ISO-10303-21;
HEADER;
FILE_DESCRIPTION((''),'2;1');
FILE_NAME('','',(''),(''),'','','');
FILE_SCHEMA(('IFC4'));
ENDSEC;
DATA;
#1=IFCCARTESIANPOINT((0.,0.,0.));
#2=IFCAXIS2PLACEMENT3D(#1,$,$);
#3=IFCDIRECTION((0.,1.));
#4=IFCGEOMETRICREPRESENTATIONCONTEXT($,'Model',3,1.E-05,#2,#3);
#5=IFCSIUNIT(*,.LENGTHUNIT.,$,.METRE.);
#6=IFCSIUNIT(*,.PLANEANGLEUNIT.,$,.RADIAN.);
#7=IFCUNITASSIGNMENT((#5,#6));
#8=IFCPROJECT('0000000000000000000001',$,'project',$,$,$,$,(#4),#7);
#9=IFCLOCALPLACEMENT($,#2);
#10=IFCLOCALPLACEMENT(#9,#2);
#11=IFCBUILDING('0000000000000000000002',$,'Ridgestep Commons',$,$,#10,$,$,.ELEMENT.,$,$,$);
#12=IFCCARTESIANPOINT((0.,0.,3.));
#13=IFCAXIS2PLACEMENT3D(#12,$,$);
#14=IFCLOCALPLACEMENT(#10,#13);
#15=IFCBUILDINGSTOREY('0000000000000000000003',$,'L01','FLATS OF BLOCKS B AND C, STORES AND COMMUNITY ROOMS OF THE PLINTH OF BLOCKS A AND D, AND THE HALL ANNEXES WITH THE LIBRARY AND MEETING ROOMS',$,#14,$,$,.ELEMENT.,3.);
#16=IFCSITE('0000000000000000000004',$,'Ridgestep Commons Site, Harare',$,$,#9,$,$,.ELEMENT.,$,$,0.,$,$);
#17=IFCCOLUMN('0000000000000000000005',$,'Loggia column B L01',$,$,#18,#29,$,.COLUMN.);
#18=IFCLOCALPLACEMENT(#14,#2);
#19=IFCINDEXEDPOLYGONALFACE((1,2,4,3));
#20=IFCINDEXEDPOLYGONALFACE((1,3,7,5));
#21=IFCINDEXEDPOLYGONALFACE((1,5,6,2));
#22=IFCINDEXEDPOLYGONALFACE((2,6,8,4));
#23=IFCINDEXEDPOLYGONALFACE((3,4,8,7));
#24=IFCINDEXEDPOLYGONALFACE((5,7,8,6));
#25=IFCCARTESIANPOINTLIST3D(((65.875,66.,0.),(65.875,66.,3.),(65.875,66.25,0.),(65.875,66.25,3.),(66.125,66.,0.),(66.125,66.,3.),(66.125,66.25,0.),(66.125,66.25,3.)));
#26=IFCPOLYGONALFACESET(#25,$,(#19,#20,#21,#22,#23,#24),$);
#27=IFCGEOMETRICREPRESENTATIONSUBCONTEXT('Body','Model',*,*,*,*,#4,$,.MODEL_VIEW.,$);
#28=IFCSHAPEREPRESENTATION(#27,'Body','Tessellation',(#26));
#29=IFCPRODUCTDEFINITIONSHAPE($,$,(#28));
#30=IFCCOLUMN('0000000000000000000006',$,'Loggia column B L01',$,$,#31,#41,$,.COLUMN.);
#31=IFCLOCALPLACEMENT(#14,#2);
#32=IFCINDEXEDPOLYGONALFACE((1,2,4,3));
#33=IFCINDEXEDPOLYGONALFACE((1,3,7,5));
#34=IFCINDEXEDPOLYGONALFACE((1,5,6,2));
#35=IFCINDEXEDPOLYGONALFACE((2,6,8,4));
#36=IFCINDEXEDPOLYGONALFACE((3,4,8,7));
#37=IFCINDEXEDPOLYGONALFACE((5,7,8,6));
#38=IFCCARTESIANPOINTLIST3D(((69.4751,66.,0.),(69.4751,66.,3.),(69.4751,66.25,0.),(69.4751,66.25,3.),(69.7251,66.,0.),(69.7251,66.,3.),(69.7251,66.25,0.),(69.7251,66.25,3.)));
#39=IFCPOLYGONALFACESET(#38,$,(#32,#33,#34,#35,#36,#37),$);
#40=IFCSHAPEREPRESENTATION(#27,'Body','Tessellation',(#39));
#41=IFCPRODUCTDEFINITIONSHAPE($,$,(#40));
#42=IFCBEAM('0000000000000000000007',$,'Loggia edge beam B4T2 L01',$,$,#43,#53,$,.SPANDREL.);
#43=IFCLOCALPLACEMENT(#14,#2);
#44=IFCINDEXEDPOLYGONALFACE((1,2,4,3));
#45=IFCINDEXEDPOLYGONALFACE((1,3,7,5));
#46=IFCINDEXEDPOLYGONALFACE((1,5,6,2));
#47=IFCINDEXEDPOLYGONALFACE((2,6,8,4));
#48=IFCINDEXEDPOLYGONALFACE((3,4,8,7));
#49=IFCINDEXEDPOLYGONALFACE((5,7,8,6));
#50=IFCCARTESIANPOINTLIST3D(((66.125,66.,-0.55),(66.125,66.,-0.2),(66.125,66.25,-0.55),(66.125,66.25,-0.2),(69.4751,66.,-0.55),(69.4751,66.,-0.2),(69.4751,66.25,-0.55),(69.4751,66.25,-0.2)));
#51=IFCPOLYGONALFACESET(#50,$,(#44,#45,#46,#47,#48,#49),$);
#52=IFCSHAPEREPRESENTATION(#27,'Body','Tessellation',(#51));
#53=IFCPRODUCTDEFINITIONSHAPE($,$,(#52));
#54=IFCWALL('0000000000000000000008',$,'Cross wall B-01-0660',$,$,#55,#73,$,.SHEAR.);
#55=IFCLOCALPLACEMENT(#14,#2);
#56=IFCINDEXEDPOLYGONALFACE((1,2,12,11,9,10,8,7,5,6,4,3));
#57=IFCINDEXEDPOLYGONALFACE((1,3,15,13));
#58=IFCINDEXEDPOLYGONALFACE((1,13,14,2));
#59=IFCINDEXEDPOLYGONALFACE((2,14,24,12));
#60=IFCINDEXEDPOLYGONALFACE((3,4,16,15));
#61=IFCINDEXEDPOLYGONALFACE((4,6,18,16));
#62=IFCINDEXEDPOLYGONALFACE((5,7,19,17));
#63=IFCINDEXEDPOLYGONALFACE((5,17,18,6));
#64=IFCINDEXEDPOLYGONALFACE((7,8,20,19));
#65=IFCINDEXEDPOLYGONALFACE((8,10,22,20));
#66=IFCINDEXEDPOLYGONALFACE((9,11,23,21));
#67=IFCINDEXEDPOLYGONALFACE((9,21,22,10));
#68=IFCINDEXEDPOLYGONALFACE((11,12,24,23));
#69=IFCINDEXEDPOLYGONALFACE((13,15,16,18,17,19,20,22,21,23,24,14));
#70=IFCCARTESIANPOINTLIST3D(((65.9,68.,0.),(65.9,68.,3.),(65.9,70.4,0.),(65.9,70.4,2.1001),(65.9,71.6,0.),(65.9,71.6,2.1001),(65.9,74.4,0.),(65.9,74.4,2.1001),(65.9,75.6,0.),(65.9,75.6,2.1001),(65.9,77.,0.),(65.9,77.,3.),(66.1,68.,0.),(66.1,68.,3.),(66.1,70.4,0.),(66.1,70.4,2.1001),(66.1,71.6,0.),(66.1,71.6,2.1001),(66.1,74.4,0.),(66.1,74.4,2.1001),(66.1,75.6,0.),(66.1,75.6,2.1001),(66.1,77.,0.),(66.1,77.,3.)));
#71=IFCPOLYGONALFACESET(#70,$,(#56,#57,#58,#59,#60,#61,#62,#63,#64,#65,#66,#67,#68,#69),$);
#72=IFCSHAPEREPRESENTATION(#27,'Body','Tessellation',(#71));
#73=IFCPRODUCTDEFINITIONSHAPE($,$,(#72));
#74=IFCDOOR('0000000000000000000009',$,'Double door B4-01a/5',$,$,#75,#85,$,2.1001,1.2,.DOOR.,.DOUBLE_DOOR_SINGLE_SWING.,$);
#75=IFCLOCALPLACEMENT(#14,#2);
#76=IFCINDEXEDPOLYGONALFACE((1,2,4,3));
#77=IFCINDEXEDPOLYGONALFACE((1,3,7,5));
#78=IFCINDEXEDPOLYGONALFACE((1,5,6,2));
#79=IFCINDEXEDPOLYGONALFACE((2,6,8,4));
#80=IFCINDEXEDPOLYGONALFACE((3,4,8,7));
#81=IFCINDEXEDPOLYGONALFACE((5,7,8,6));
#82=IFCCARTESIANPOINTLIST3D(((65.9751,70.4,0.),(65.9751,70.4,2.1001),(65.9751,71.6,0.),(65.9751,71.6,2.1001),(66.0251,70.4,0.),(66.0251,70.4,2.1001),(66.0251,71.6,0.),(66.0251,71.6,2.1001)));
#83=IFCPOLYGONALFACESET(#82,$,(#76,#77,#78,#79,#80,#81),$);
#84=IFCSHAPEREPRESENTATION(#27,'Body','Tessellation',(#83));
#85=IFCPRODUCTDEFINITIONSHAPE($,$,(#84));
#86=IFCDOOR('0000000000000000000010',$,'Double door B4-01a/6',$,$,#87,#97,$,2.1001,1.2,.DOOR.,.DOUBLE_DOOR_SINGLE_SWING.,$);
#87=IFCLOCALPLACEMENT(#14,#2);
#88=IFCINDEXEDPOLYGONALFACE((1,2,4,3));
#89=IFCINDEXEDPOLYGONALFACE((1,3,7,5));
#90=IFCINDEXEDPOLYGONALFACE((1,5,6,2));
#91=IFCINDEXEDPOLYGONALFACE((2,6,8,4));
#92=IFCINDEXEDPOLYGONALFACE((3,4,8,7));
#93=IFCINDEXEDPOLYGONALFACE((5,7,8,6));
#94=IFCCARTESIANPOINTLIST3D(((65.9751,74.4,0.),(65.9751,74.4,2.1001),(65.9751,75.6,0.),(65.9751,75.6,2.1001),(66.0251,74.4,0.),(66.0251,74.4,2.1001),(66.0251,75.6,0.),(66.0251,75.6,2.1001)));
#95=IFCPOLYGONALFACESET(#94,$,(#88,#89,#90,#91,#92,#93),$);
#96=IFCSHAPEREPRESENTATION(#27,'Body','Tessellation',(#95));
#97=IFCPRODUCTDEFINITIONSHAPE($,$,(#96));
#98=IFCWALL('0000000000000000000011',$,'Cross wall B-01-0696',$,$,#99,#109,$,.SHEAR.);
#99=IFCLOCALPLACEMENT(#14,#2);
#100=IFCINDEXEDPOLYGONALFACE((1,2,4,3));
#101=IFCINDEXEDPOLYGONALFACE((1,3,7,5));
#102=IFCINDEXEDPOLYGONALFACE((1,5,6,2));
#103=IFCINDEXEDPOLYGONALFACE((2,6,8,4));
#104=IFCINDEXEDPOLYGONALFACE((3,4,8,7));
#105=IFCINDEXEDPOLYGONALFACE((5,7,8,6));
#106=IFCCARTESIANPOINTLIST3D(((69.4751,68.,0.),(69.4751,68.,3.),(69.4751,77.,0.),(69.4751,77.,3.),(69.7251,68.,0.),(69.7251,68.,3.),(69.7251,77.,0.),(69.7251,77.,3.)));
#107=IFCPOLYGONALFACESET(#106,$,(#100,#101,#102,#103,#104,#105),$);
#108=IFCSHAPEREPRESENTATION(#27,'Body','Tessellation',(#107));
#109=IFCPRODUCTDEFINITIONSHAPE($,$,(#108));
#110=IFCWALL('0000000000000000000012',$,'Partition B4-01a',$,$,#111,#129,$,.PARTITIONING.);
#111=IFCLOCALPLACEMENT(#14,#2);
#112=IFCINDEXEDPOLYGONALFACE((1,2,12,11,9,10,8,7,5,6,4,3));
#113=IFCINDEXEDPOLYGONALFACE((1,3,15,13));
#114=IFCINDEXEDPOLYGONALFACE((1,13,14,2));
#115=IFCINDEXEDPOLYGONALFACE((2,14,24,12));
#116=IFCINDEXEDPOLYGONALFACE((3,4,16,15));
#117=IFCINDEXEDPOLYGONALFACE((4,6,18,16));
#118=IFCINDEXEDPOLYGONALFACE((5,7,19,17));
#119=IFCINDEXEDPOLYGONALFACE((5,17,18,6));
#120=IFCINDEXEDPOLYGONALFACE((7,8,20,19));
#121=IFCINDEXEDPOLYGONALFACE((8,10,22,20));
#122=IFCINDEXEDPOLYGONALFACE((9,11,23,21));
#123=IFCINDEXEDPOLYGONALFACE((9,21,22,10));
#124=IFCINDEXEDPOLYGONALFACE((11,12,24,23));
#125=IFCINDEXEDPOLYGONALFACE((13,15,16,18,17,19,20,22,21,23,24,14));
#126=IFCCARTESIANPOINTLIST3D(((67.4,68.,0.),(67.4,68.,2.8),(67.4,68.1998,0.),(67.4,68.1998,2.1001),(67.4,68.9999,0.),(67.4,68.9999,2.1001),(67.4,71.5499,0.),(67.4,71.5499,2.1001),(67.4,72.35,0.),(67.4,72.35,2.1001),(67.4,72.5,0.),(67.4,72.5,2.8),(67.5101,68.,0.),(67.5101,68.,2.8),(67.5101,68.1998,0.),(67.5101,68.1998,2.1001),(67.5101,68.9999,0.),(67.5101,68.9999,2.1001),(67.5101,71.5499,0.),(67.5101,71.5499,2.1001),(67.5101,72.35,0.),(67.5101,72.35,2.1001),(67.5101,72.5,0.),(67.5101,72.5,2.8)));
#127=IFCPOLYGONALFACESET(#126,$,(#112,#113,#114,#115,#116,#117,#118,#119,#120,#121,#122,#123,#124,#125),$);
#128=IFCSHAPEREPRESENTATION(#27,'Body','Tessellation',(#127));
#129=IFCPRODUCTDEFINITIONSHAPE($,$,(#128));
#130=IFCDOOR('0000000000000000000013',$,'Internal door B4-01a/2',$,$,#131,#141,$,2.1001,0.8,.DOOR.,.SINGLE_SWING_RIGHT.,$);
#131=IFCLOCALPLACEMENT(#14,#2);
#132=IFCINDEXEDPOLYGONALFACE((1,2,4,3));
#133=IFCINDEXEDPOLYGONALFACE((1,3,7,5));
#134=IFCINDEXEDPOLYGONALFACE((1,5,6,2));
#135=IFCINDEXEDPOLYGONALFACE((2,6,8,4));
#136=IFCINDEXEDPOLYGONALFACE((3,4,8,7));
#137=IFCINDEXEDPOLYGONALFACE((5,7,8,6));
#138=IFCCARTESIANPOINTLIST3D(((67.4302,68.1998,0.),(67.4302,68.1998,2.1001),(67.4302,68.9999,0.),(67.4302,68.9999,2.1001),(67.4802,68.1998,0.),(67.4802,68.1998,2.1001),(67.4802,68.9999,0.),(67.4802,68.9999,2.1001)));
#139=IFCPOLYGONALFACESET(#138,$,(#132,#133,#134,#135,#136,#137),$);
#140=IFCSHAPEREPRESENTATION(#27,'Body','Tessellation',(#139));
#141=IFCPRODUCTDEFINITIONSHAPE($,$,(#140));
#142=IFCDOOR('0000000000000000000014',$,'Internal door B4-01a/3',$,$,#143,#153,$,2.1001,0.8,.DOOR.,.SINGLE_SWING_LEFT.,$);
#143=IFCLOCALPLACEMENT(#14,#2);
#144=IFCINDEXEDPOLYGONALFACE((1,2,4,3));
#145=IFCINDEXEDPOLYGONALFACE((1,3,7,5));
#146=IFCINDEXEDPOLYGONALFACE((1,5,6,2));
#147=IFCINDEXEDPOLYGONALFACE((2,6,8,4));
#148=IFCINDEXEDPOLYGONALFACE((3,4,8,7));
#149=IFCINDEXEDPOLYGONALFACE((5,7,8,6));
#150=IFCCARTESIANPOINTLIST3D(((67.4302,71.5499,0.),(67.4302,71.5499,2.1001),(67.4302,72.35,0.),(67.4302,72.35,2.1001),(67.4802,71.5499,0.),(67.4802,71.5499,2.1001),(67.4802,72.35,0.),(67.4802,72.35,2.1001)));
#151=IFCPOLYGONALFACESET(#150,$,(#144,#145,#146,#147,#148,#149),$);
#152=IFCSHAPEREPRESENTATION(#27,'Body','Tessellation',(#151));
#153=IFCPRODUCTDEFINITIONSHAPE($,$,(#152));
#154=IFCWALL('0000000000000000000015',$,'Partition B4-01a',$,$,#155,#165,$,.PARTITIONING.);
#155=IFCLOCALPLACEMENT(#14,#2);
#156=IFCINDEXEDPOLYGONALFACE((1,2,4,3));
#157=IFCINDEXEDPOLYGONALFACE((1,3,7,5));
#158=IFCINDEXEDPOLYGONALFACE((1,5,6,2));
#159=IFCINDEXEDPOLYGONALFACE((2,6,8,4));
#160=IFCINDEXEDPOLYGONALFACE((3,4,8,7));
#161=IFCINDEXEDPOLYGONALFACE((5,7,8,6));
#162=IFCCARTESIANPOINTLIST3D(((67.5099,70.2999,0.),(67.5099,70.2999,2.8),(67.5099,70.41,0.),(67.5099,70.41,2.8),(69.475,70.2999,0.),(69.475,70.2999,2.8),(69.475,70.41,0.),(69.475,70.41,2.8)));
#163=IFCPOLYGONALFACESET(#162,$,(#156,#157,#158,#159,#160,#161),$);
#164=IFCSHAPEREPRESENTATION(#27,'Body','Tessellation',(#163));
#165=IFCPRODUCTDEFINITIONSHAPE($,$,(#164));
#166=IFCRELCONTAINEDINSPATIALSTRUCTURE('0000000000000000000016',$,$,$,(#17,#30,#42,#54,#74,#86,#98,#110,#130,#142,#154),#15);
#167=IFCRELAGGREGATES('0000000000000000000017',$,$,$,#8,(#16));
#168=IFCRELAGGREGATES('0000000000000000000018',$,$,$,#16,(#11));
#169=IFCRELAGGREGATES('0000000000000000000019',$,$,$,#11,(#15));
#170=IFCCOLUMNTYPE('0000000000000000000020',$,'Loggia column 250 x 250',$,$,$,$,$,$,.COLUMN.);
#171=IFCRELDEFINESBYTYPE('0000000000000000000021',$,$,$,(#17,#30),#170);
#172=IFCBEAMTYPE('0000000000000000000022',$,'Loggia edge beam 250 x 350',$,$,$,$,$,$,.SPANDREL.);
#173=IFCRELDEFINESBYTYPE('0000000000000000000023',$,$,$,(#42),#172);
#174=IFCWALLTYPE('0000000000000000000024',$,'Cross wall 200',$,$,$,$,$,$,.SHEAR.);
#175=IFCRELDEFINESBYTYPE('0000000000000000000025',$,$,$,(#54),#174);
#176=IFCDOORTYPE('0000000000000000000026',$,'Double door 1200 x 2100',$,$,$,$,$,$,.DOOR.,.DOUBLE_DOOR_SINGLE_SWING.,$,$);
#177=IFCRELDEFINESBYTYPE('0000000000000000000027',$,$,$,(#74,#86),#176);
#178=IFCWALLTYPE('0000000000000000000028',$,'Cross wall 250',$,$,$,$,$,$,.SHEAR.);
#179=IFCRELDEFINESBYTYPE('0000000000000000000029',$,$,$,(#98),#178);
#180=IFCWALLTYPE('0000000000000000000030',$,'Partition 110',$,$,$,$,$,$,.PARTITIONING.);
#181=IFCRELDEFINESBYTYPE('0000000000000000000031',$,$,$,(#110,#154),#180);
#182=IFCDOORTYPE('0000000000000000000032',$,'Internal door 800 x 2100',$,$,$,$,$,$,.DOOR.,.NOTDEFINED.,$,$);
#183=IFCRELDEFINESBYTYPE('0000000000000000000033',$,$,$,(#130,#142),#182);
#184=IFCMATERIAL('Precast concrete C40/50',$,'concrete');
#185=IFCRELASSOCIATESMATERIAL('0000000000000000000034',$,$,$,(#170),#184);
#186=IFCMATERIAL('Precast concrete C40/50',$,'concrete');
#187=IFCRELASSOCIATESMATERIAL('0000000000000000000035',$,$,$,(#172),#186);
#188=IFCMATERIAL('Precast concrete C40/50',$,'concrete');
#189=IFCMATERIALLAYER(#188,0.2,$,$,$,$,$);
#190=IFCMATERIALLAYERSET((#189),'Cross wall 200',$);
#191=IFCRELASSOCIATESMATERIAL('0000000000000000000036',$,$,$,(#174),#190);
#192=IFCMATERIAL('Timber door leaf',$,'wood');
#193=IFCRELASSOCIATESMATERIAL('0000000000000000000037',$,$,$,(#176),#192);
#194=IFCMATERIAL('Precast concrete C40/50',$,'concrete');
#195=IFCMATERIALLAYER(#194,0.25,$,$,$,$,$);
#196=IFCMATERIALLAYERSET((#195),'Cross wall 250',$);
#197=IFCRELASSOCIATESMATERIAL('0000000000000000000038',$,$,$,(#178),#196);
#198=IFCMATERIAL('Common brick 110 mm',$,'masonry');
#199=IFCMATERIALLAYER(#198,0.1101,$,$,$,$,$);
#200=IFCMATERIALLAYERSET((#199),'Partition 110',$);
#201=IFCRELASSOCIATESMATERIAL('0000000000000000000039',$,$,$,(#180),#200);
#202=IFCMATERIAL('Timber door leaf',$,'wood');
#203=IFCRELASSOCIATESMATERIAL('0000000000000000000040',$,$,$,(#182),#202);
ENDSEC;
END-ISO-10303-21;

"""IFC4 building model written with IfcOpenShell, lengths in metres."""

from ifc_helpers import new_model, si_unit, direction, frame, frame_2d, origin, origin_2d, place, context, subcontext, project, spatial, rectangle, extrude, material, layer, layer_set, material_profile, profile_set, type_object, element, fill, save


model = new_model("IFC4")

# Units and contexts
model_context = context("Model", 3, precision=1e-05, world=origin(), true_north=direction((0.0, 1.0)))
body_context = subcontext(model_context, "Body", "Model", "MODEL_VIEW")
ifc_project = project(units=[si_unit("LENGTHUNIT", "METRE"), si_unit("PLANEANGLEUNIT", "RADIAN")], contexts=[model_context])

# Site, building, storey
site_placement = place(None, origin())
site = spatial("IfcSite", under=ifc_project, at=site_placement, Name="Ridgestep Commons Site, Harare", CompositionType="ELEMENT", RefElevation=0.0)
building_placement = place(site_placement, origin())
building = spatial("IfcBuilding", under=site, at=building_placement, Name="Ridgestep Commons", CompositionType="ELEMENT")
storey_placement = place(building_placement, frame((0.0, 0.0, 3.0)))
storey = spatial("IfcBuildingStorey", under=building, at=storey_placement, Name="L01", Description="FLATS OF BLOCKS B AND C, STORES AND COMMUNITY ROOMS OF THE PLINTH OF BLOCKS A AND D, AND THE HALL ANNEXES WITH THE LIBRARY AND MEETING ROOMS", CompositionType="ELEMENT", Elevation=3.0)

# Columns
ifc_material_1 = material(Name="Precast concrete C40/50", Category="concrete")
ifc_material_profile_1 = material_profile(ifc_material_1, rectangle(XDim=0.25, YDim=0.25, at=origin_2d()), Name="PC 250x250")
ifc_profile_set_1 = profile_set([ifc_material_profile_1], Name="Precast concrete C40/50")
column_type = type_object("IfcColumnType", Name="Loggia column 250 x 250", PredefinedType="COLUMN", material=ifc_profile_set_1)
for number, where, z_axis, x_axis, name in (
    (1, (66.0, 66.125, 0.0), (0.0, 0.0, 1.0), (1.0, 0.0, 0.0), "Loggia column B L01"),
    (2, (69.6001, 66.125, 0.0), (0.0, 0.0, 1.0), (1.0, 0.0, 0.0), "Loggia column B L01"),
):
    element("IfcColumn", number, at=place(storey_placement, frame(where, z_axis=z_axis, x_axis=x_axis)), inside=storey, type_object=column_type, Name=name, PredefinedType="COLUMN", context=body_context, shape_type="SweptSolid", body=[
        extrude(rectangle(XDim=0.25, YDim=0.25, at=origin_2d()), origin(), (0.0, 0.0, 1.0), 3.0),
    ])

# Beam
ifc_material_2 = material(Name="Precast concrete C40/50", Category="concrete")
ifc_material_profile_2 = material_profile(ifc_material_2, rectangle(XDim=0.25, YDim=0.3501, at=origin_2d()), Name="PC 250x350")
ifc_profile_set_2 = profile_set([ifc_material_profile_2], Name="Precast concrete C40/50")
beam_type = type_object("IfcBeamType", Name="Loggia edge beam 250 x 350", PredefinedType="SPANDREL", material=ifc_profile_set_2)
beam_placement = place(storey_placement, frame((66.125, 66.125, -0.375), z_axis=(1.0, 0.0, 0.0), x_axis=(0.0, 1.0, 0.0)))
element("IfcBeam", 3, at=beam_placement, inside=storey, type_object=beam_type, Name="Loggia edge beam B4T2 L01", PredefinedType="SPANDREL", context=body_context, shape_type="SweptSolid", body=[
    extrude(rectangle(XDim=0.25, YDim=0.3501, at=origin_2d()), origin(), (0.0, 0.0, 1.0), 3.3501),
])

# Wall, openings, doors
ifc_material_3 = material(Name="Precast concrete C40/50", Category="concrete")
ifc_layer_1 = layer(ifc_material_3, 0.2)
ifc_layer_set_1 = layer_set([ifc_layer_1], Name="Cross wall 200")
wall_type_1 = type_object("IfcWallType", Name="Cross wall 200", PredefinedType="SHEAR", material=ifc_layer_set_1)
wall_1_placement = place(storey_placement, frame((66.0, 68.0, 0.0), z_axis=(0.0, 0.0, 1.0), x_axis=(0.0, 1.0, 0.0)))
wall_1 = element("IfcWall", 4, at=wall_1_placement, inside=storey, type_object=wall_type_1, Name="Cross wall B-01-0660", PredefinedType="SHEAR", context=body_context, shape_type="SweptSolid", body=[
    extrude(rectangle(XDim=9.0, YDim=0.2, at=frame_2d((4.5, 0.0))), origin(), (0.0, 0.0, 1.0), 3.0),
])
opening_1_placement = place(wall_1_placement, frame((2.3999, 0.0, 0.0)))
opening_1 = element("IfcOpeningElement", 5, at=opening_1_placement, cuts=wall_1, PredefinedType="OPENING", context=body_context, shape_type="SweptSolid", body=[
    extrude(rectangle(XDim=1.2, YDim=2.1001, at=frame_2d((0.6001, 1.05))), frame((0.0, 0.1099, 0.0), z_axis=(0.0, -1.0, 0.0), x_axis=(1.0, 0.0, 0.0)), (0.0, 0.0, 1.0), 0.22),
])
opening_2_placement = place(wall_1_placement, frame((6.3999, 0.0, 0.0)))
opening_2 = element("IfcOpeningElement", 6, at=opening_2_placement, cuts=wall_1, PredefinedType="OPENING", context=body_context, shape_type="SweptSolid", body=[
    extrude(rectangle(XDim=1.2, YDim=2.1001, at=frame_2d((0.6001, 1.05))), frame((0.0, 0.1099, 0.0), z_axis=(0.0, -1.0, 0.0), x_axis=(1.0, 0.0, 0.0)), (0.0, 0.0, 1.0), 0.22),
])
ifc_material_4 = material(Name="Timber door leaf", Category="wood")
door_type_1 = type_object("IfcDoorType", Name="Double door 1200 x 2100", OperationType="DOUBLE_DOOR_SINGLE_SWING", PredefinedType="DOOR", material=ifc_material_4)
door_1_placement = place(opening_1_placement, origin())
door_1 = element("IfcDoor", 7, at=door_1_placement, inside=storey, type_object=door_type_1, Name="Double door B4-01a/5", OperationType="DOUBLE_DOOR_SINGLE_SWING", OverallHeight=2.1001, OverallWidth=1.2, PredefinedType="DOOR", context=body_context, shape_type="SweptSolid", body=[
    extrude(rectangle(XDim=1.2, YDim=2.1001, at=frame_2d((0.6001, 1.05))), frame((0.0, 0.0249, 0.0), z_axis=(0.0, -1.0, 0.0), x_axis=(1.0, 0.0, 0.0)), (0.0, 0.0, 1.0), 0.05),
])
fill(opening_1, door_1)
door_2_placement = place(opening_2_placement, origin())
door_2 = element("IfcDoor", 8, at=door_2_placement, inside=storey, type_object=door_type_1, Name="Double door B4-01a/6", OperationType="DOUBLE_DOOR_SINGLE_SWING", OverallHeight=2.1001, OverallWidth=1.2, PredefinedType="DOOR", context=body_context, shape_type="SweptSolid", body=[
    extrude(rectangle(XDim=1.2, YDim=2.1001, at=frame_2d((0.6001, 1.05))), frame((0.0, 0.0249, 0.0), z_axis=(0.0, -1.0, 0.0), x_axis=(1.0, 0.0, 0.0)), (0.0, 0.0, 1.0), 0.05),
])
fill(opening_2, door_2)

# Wall
ifc_material_5 = material(Name="Precast concrete C40/50", Category="concrete")
ifc_layer_2 = layer(ifc_material_5, 0.25)
ifc_layer_set_2 = layer_set([ifc_layer_2], Name="Cross wall 250")
wall_type_2 = type_object("IfcWallType", Name="Cross wall 250", PredefinedType="SHEAR", material=ifc_layer_set_2)
wall_2_placement = place(storey_placement, frame((69.6001, 68.0, 0.0), z_axis=(0.0, 0.0, 1.0), x_axis=(0.0, 1.0, 0.0)))
element("IfcWall", 9, at=wall_2_placement, inside=storey, type_object=wall_type_2, Name="Cross wall B-01-0696", PredefinedType="SHEAR", context=body_context, shape_type="SweptSolid", body=[
    extrude(rectangle(XDim=9.0, YDim=0.25, at=frame_2d((4.5, 0.0))), origin(), (0.0, 0.0, 1.0), 3.0),
])

# Wall, openings, doors
ifc_material_6 = material(Name="Common brick 110 mm", Category="masonry")
ifc_layer_3 = layer(ifc_material_6, 0.1101)
ifc_layer_set_3 = layer_set([ifc_layer_3], Name="Partition 110")
wall_type_3 = type_object("IfcWallType", Name="Partition 110", PredefinedType="PARTITIONING", material=ifc_layer_set_3)
wall_3_placement = place(storey_placement, frame((67.4551, 68.0, 0.0), z_axis=(0.0, 0.0, 1.0), x_axis=(0.0, 1.0, 0.0)))
wall_3 = element("IfcWall", 10, at=wall_3_placement, inside=storey, type_object=wall_type_3, Name="Partition B4-01a", PredefinedType="PARTITIONING", context=body_context, shape_type="SweptSolid", body=[
    extrude(rectangle(XDim=4.5, YDim=0.1101, at=frame_2d((2.25, 0.0))), origin(), (0.0, 0.0, 1.0), 2.8),
])
opening_3_placement = place(wall_3_placement, frame((0.2, 0.0, 0.0)))
opening_3 = element("IfcOpeningElement", 11, at=opening_3_placement, cuts=wall_3, PredefinedType="OPENING", context=body_context, shape_type="SweptSolid", body=[
    extrude(rectangle(XDim=0.8, YDim=2.1001, at=frame_2d((0.3999, 1.05))), frame((0.0, 0.0649, 0.0), z_axis=(0.0, -1.0, 0.0), x_axis=(1.0, 0.0, 0.0)), (0.0, 0.0, 1.0), 0.1301),
])
opening_4_placement = place(wall_3_placement, frame((3.55, 0.0, 0.0)))
opening_4 = element("IfcOpeningElement", 12, at=opening_4_placement, cuts=wall_3, PredefinedType="OPENING", context=body_context, shape_type="SweptSolid", body=[
    extrude(rectangle(XDim=0.8, YDim=2.1001, at=frame_2d((0.3999, 1.05))), frame((0.0, 0.0649, 0.0), z_axis=(0.0, -1.0, 0.0), x_axis=(1.0, 0.0, 0.0)), (0.0, 0.0, 1.0), 0.1301),
])
ifc_material_7 = material(Name="Timber door leaf", Category="wood")
door_type_2 = type_object("IfcDoorType", Name="Internal door 800 x 2100", OperationType="NOTDEFINED", PredefinedType="DOOR", material=ifc_material_7)
door_3_placement = place(opening_3_placement, origin())
door_3 = element("IfcDoor", 13, at=door_3_placement, inside=storey, type_object=door_type_2, Name="Internal door B4-01a/2", OperationType="SINGLE_SWING_RIGHT", OverallHeight=2.1001, OverallWidth=0.8, PredefinedType="DOOR", context=body_context, shape_type="SweptSolid", body=[
    extrude(rectangle(XDim=0.8, YDim=2.1001, at=frame_2d((0.3999, 1.05))), frame((0.0, 0.0249, 0.0), z_axis=(0.0, -1.0, 0.0), x_axis=(1.0, 0.0, 0.0)), (0.0, 0.0, 1.0), 0.05),
])
fill(opening_3, door_3)
door_4_placement = place(opening_4_placement, origin())
door_4 = element("IfcDoor", 14, at=door_4_placement, inside=storey, type_object=door_type_2, Name="Internal door B4-01a/3", OperationType="SINGLE_SWING_LEFT", OverallHeight=2.1001, OverallWidth=0.8, PredefinedType="DOOR", context=body_context, shape_type="SweptSolid", body=[
    extrude(rectangle(XDim=0.8, YDim=2.1001, at=frame_2d((0.3999, 1.05))), frame((0.0, 0.0249, 0.0), z_axis=(0.0, -1.0, 0.0), x_axis=(1.0, 0.0, 0.0)), (0.0, 0.0, 1.0), 0.05),
])
fill(opening_4, door_4)

# Wall
wall_4_placement = place(storey_placement, frame((67.51, 70.355, 0.0), z_axis=(0.0, 0.0, 1.0), x_axis=(1.0, 0.0, 0.0)))
element("IfcWall", 15, at=wall_4_placement, inside=storey, type_object=wall_type_3, Name="Partition B4-01a", PredefinedType="PARTITIONING", context=body_context, shape_type="SweptSolid", body=[
    extrude(rectangle(XDim=1.9651, YDim=0.1101, at=frame_2d((0.9824, 0.0))), origin(), (0.0, 0.0, 1.0), 2.8),
])

save(model, "model.ifc")
